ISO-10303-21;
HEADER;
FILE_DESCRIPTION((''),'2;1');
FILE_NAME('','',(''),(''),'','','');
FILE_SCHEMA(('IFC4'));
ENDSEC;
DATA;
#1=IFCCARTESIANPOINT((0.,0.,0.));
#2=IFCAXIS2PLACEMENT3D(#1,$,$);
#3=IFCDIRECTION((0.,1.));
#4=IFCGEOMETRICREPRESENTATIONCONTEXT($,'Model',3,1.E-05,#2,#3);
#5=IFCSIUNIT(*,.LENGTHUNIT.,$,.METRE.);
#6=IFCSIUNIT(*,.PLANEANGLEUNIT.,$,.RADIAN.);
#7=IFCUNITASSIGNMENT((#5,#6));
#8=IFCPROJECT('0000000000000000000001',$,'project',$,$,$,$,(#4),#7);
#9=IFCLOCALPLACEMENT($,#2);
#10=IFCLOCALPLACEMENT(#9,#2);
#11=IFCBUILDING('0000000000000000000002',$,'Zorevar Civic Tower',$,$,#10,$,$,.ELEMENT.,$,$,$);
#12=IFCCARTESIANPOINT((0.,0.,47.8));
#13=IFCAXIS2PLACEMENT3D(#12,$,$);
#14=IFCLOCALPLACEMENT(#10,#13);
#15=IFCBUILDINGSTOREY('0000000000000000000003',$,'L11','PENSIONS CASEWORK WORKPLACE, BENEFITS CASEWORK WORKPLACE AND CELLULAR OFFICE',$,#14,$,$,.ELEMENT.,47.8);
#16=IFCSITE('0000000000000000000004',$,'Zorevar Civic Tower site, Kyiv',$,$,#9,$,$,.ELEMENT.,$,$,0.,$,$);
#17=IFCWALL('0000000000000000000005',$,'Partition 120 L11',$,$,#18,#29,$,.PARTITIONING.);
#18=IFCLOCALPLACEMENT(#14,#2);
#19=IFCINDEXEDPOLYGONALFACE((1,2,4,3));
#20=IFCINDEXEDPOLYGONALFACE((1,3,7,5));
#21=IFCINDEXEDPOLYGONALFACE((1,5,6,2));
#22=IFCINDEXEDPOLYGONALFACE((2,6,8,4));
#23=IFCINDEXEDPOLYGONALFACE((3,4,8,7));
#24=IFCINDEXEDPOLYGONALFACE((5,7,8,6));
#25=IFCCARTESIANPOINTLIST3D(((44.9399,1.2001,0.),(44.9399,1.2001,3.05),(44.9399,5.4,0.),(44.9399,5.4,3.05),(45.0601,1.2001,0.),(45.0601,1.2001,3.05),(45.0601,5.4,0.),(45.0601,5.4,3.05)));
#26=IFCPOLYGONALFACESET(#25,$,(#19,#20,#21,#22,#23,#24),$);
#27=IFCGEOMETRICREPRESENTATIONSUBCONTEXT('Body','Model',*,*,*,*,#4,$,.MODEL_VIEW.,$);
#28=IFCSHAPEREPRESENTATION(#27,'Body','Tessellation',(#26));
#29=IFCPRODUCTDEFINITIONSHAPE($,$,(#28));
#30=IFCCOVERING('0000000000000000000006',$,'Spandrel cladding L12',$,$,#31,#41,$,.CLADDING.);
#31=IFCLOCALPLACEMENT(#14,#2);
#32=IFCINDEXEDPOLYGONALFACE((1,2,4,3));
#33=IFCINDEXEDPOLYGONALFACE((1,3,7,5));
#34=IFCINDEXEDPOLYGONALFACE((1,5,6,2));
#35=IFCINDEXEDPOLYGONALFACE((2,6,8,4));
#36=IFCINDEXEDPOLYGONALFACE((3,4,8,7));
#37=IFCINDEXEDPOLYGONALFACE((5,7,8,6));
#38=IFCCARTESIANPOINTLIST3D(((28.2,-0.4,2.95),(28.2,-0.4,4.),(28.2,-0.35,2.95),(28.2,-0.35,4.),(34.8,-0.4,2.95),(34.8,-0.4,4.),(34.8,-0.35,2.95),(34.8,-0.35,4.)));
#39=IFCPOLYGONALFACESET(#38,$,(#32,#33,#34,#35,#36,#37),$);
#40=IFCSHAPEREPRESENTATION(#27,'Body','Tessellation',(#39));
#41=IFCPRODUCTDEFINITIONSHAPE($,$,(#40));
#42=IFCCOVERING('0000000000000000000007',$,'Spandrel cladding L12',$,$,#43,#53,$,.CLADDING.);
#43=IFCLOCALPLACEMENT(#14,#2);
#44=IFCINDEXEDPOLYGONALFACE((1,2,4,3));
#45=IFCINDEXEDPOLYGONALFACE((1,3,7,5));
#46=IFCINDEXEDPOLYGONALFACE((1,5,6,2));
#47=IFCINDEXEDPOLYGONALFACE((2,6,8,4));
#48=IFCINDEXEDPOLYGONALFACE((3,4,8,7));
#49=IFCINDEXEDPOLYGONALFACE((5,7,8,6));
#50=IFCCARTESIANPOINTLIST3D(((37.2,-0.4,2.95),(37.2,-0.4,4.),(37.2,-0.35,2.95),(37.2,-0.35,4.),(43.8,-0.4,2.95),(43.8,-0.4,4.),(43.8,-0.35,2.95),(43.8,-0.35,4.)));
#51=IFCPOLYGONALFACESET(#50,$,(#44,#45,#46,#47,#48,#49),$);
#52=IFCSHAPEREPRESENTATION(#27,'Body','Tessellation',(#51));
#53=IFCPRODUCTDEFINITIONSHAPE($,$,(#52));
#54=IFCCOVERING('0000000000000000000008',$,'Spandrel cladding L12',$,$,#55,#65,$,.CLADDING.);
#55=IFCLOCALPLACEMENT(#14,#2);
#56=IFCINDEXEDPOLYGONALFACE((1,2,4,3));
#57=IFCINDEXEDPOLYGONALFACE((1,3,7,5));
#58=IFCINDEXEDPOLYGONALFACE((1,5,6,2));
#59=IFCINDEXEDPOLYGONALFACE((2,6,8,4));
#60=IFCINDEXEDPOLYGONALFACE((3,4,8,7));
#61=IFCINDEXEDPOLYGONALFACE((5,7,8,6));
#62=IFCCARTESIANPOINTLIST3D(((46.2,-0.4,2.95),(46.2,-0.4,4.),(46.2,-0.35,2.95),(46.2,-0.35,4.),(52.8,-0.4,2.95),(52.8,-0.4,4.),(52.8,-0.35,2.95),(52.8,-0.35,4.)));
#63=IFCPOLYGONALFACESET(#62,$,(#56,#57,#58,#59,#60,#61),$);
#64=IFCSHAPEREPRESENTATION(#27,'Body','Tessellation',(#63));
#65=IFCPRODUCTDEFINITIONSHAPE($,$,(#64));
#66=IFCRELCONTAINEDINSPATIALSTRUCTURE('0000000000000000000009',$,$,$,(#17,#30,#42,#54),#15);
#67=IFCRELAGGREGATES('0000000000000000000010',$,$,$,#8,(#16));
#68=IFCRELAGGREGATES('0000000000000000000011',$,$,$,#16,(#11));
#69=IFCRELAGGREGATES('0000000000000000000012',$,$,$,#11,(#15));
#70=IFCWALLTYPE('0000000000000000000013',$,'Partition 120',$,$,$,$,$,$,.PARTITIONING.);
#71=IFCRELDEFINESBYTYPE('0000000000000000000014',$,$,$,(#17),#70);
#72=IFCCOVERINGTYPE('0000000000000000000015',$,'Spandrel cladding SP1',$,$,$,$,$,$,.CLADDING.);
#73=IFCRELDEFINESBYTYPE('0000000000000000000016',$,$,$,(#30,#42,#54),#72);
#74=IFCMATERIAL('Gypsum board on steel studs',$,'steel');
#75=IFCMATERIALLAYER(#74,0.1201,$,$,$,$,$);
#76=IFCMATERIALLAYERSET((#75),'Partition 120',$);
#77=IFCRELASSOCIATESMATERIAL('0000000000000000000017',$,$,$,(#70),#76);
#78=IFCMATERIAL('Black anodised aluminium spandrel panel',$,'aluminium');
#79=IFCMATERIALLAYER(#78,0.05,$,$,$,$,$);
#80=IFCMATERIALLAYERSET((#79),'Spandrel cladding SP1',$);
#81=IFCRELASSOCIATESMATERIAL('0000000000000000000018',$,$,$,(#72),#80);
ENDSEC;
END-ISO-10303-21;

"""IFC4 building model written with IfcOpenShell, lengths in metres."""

from ifc_helpers import new_model, si_unit, direction, frame, frame_2d, origin, place, context, subcontext, project, spatial, rectangle, extrude, material, layer, layer_set, type_object, element, save


model = new_model("IFC4")

# Units and contexts
model_context = context("Model", 3, precision=1e-05, world=origin(), true_north=direction((0.0, 1.0)))
body_context = subcontext(model_context, "Body", "Model", "MODEL_VIEW")
ifc_project = project(units=[si_unit("LENGTHUNIT", "METRE"), si_unit("PLANEANGLEUNIT", "RADIAN")], contexts=[model_context])

# Site, building, storey
site_placement = place(None, origin())
site = spatial("IfcSite", under=ifc_project, at=site_placement, Name="Zorevar Civic Tower site, Kyiv", CompositionType="ELEMENT", RefElevation=0.0)
building_placement = place(site_placement, origin())
building = spatial("IfcBuilding", under=site, at=building_placement, Name="Zorevar Civic Tower", CompositionType="ELEMENT")
storey_placement = place(building_placement, frame((0.0, 0.0, 47.8)))
storey = spatial("IfcBuildingStorey", under=building, at=storey_placement, Name="L11", Description="PENSIONS CASEWORK WORKPLACE, BENEFITS CASEWORK WORKPLACE AND CELLULAR OFFICE", CompositionType="ELEMENT", Elevation=47.8)

# Wall
ifc_material_1 = material(Name="Gypsum board on steel studs", Category="steel")
ifc_layer_1 = layer(ifc_material_1, 0.1201)
ifc_layer_set_1 = layer_set([ifc_layer_1], Name="Partition 120")
wall_type = type_object("IfcWallType", Name="Partition 120", PredefinedType="PARTITIONING", material=ifc_layer_set_1)
wall_1_placement = place(storey_placement, frame((45.0, 1.2, 0.0), z_axis=(0.0, 0.0, 1.0), x_axis=(0.0, 1.0, 0.0)))
element("IfcWall", 1, at=wall_1_placement, inside=storey, type_object=wall_type, Name="Partition 120 L11", PredefinedType="PARTITIONING", context=body_context, shape_type="SweptSolid", body=[
    extrude(rectangle(XDim=4.2, YDim=0.1201, at=frame_2d((2.1001, 0.0))), origin(), (0.0, 0.0, 1.0), 3.05),
])

# Coverings
ifc_material_2 = material(Name="Black anodised aluminium spandrel panel", Category="aluminium")
ifc_layer_2 = layer(ifc_material_2, 0.05)
ifc_layer_set_2 = layer_set([ifc_layer_2], Name="Spandrel cladding SP1")
covering_type = type_object("IfcCoveringType", Name="Spandrel cladding SP1", PredefinedType="CLADDING", material=ifc_layer_set_2)
for number, where, z_axis, x_axis, name in (
    (2, (28.2, -0.375, 2.95), (0.0, 0.0, 1.0), (1.0, 0.0, 0.0), "Spandrel cladding L12"),
    (3, (37.2, -0.375, 2.95), (0.0, 0.0, 1.0), (1.0, 0.0, 0.0), "Spandrel cladding L12"),
    (4, (46.2, -0.375, 2.95), (0.0, 0.0, 1.0), (1.0, 0.0, 0.0), "Spandrel cladding L12"),
):
    element("IfcCovering", number, at=place(storey_placement, frame(where, z_axis=z_axis, x_axis=x_axis)), inside=storey, type_object=covering_type, Name=name, PredefinedType="CLADDING", context=body_context, shape_type="SweptSolid", body=[
        extrude(rectangle(XDim=6.6001, YDim=0.05, at=frame_2d((3.3, 0.0))), origin(), (0.0, 0.0, 1.0), 1.05),
    ])

save(model, "model.ifc")
